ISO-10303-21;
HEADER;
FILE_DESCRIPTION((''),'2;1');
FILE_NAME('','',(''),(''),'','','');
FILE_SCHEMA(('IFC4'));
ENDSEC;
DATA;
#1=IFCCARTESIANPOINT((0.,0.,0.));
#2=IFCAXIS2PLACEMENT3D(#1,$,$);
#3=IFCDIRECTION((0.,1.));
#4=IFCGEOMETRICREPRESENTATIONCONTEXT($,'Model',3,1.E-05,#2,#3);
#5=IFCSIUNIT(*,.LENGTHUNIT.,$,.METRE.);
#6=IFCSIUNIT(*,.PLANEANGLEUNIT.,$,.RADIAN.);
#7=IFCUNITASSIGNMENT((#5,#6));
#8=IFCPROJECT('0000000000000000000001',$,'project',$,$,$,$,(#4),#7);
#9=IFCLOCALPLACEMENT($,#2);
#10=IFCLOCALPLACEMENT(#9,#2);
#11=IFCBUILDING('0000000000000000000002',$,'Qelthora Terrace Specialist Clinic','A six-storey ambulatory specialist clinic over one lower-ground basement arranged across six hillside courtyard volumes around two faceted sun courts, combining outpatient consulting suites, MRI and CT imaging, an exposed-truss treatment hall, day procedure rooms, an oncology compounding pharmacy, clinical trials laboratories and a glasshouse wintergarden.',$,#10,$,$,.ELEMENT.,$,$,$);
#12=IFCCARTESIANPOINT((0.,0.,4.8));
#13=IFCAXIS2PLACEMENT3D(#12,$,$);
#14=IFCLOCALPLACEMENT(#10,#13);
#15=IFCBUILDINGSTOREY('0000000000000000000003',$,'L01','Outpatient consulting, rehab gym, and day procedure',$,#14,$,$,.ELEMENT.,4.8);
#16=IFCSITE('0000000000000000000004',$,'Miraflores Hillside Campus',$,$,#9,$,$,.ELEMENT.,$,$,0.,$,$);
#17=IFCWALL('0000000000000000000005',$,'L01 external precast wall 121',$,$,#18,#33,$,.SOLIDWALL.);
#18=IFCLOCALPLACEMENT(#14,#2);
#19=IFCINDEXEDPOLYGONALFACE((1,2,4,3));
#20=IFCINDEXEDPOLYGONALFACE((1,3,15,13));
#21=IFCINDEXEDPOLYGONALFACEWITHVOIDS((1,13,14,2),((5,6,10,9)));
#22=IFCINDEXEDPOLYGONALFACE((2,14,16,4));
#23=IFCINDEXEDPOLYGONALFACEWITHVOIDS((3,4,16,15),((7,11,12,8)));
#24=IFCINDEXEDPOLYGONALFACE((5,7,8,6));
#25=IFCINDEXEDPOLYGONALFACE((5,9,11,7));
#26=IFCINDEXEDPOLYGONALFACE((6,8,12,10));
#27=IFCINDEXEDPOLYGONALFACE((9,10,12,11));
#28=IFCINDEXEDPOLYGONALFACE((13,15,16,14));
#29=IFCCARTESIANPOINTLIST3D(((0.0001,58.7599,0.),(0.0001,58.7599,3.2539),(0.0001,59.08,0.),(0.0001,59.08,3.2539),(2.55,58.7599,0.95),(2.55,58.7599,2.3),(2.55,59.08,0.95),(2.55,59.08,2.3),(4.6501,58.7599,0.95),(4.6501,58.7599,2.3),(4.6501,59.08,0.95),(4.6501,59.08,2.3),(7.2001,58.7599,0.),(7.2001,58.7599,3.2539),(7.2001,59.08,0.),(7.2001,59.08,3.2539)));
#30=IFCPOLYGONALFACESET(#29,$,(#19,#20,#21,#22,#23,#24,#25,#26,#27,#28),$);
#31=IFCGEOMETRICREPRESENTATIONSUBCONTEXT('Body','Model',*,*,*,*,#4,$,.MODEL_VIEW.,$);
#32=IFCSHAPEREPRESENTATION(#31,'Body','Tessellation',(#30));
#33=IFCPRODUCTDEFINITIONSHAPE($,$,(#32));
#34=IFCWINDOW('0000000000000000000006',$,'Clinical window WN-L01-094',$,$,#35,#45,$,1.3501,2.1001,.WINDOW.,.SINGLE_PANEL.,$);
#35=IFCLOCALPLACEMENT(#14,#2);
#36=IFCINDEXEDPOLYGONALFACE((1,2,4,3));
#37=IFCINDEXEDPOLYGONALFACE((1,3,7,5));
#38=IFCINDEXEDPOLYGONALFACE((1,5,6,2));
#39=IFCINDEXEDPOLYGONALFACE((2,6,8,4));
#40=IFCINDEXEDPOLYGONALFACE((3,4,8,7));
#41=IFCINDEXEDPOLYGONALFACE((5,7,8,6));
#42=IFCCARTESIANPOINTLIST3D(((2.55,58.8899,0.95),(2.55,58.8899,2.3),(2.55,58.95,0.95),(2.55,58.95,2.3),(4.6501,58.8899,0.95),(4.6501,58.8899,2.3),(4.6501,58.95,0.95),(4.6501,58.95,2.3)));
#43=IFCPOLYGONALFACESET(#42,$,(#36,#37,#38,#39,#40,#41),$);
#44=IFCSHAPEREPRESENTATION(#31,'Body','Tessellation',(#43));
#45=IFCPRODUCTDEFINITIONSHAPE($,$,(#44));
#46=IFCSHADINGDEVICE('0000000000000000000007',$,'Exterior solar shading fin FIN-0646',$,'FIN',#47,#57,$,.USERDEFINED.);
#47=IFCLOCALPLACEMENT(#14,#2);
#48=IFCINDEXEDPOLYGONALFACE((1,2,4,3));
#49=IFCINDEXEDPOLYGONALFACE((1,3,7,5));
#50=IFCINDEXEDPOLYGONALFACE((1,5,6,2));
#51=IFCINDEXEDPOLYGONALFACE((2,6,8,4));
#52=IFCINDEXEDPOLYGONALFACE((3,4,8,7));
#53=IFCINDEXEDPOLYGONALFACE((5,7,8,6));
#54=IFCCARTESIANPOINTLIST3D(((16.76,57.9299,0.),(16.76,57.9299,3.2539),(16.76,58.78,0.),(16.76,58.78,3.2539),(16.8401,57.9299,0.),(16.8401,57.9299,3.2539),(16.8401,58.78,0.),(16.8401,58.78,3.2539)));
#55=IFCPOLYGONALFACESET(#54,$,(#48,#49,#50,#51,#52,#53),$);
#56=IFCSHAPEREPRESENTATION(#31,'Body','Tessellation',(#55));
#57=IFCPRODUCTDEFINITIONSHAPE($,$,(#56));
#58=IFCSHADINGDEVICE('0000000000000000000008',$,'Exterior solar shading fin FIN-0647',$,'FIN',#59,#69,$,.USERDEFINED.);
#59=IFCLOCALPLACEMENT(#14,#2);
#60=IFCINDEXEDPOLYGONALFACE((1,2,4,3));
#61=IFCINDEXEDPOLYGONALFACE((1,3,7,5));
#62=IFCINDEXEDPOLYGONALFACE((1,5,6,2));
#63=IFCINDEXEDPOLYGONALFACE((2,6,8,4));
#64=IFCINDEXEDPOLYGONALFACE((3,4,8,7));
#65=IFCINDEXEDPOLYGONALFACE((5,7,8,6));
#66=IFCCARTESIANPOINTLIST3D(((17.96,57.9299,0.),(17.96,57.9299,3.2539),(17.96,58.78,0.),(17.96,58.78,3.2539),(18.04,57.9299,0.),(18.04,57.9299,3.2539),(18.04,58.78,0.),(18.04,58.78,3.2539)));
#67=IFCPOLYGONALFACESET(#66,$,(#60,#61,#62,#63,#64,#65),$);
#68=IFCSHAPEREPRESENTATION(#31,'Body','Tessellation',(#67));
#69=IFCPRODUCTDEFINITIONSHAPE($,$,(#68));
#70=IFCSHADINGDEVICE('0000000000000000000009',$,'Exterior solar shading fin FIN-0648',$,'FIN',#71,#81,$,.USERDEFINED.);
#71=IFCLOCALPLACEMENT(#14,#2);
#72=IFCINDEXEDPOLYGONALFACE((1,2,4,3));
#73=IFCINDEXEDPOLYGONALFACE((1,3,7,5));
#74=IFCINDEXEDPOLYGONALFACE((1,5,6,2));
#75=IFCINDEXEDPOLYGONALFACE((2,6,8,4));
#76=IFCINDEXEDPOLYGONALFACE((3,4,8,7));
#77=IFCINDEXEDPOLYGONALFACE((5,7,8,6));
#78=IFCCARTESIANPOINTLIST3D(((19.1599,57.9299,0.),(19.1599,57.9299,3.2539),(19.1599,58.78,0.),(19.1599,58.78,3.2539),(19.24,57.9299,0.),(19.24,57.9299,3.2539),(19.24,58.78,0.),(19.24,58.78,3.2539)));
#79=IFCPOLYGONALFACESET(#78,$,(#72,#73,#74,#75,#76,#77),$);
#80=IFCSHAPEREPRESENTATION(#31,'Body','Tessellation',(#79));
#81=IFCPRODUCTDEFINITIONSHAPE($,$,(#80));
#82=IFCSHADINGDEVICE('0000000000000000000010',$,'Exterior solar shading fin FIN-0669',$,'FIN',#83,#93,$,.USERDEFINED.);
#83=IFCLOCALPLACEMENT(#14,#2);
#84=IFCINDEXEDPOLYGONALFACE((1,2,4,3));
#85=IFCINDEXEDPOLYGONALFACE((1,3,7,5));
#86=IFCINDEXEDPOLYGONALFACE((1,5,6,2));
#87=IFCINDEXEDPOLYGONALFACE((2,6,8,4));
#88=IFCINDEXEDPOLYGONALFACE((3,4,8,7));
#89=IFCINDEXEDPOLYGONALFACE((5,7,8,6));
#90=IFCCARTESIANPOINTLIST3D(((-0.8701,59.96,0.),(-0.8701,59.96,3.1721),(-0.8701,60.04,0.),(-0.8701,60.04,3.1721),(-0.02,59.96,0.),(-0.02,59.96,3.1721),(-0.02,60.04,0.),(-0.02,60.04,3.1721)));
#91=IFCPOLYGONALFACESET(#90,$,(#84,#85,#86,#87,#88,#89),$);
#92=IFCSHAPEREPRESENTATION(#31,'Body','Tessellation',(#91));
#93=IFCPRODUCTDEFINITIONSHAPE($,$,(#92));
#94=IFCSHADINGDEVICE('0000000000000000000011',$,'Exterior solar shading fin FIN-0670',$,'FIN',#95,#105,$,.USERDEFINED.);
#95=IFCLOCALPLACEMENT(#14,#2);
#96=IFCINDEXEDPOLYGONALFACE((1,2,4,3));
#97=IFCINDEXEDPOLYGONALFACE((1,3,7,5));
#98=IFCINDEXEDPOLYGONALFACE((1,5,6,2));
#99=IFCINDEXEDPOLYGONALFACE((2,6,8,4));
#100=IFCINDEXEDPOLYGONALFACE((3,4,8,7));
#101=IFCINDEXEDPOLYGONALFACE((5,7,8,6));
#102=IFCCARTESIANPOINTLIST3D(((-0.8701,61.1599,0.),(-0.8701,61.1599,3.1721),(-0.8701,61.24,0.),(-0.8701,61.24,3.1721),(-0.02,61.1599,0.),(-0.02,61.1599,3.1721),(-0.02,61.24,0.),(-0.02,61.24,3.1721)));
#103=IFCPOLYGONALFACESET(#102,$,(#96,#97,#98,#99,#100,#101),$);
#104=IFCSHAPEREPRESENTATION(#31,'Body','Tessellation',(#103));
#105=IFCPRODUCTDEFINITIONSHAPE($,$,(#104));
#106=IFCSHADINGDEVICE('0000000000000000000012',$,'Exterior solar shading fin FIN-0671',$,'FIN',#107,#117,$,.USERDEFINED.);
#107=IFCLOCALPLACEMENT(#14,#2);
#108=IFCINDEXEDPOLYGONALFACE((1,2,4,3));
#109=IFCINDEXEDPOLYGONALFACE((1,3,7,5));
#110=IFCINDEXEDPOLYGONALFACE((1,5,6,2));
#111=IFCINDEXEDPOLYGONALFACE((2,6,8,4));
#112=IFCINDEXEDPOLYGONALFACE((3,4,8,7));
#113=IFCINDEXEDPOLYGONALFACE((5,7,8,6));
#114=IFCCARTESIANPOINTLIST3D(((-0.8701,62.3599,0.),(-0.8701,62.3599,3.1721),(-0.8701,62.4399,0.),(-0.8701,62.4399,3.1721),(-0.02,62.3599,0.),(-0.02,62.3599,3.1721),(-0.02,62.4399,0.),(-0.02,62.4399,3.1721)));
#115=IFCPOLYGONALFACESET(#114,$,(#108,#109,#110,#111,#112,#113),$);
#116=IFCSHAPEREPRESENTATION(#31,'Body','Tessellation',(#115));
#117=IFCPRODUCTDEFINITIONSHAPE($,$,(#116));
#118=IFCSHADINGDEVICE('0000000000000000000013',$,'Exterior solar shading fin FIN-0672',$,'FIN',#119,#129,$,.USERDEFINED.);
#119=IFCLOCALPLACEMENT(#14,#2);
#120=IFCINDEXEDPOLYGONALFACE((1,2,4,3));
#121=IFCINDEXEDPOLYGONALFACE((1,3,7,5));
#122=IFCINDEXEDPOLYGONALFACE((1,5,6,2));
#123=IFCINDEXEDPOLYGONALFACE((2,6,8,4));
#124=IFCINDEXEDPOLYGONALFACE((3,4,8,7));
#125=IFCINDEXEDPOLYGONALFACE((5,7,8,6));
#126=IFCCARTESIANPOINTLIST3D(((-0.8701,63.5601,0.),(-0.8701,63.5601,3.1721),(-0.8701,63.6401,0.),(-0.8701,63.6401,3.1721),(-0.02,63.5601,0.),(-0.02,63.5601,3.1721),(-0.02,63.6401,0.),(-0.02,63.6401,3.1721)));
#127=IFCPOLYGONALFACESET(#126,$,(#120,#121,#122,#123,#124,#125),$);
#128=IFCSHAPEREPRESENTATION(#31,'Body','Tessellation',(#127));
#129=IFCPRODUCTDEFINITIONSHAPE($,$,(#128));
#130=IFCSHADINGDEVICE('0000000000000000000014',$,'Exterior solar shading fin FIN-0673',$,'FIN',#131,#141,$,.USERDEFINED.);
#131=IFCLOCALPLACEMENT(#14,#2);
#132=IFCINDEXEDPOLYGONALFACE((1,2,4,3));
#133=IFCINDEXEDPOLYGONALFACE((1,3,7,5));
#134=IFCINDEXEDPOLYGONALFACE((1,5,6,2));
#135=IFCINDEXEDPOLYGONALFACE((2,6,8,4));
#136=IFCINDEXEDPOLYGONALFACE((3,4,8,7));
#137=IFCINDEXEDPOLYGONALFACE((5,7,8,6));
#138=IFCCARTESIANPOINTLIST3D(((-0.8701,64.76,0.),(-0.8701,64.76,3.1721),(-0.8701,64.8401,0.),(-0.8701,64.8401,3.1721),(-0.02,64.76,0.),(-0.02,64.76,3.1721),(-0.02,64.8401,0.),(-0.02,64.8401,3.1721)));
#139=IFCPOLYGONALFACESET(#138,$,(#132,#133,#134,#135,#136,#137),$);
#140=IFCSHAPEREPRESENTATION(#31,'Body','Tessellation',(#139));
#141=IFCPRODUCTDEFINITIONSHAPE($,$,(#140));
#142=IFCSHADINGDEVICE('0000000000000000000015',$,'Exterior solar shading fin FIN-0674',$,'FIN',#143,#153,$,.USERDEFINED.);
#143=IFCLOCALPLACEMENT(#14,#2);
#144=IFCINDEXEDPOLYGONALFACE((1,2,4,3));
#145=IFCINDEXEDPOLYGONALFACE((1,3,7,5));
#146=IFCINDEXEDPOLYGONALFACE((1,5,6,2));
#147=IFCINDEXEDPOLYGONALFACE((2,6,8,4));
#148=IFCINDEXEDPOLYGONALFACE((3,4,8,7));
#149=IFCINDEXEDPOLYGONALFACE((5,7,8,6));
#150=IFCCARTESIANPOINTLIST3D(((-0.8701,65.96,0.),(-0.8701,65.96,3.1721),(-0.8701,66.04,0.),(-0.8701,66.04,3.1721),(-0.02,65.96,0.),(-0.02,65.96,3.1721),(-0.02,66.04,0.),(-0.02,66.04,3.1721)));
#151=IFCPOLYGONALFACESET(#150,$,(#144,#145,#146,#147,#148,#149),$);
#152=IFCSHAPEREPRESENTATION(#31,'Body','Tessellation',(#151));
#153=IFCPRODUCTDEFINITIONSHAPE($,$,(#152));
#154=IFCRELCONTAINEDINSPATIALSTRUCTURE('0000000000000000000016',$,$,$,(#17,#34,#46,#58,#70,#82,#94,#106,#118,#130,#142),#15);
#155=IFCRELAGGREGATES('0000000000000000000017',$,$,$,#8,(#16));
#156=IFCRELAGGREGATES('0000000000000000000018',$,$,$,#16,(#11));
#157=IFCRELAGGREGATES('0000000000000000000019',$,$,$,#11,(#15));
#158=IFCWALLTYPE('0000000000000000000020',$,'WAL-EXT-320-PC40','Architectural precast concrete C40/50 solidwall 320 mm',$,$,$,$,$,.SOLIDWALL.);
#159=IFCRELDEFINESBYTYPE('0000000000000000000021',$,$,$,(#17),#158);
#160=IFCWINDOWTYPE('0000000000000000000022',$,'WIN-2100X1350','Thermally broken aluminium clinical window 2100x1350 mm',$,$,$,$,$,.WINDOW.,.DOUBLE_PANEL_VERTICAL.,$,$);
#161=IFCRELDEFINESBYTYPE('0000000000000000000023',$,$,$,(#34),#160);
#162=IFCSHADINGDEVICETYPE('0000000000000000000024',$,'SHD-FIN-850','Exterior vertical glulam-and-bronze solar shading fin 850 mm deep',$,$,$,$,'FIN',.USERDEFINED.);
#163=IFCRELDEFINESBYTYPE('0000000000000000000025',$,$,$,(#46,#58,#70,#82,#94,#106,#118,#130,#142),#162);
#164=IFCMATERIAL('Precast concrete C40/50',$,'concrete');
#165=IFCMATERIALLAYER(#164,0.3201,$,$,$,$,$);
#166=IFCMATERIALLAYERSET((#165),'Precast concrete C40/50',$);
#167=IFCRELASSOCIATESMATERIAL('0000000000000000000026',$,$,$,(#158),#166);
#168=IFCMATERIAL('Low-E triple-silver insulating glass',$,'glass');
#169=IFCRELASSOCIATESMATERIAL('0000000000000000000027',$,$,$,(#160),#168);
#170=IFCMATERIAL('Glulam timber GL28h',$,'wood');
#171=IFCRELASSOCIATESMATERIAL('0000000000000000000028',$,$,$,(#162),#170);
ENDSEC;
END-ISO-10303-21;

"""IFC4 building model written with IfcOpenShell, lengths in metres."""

from ifc_helpers import new_model, si_unit, direction, frame, frame_2d, origin, origin_2d, place, context, subcontext, project, spatial, rectangle, extrude, material, layer, layer_set, type_object, element, fill, save


model = new_model("IFC4")

# Units and contexts
model_context = context("Model", 3, precision=1e-05, world=origin(), true_north=direction((0.0, 1.0)))
body_context = subcontext(model_context, "Body", "Model", "MODEL_VIEW")
ifc_project = project(units=[si_unit("LENGTHUNIT", "METRE"), si_unit("PLANEANGLEUNIT", "RADIAN")], contexts=[model_context])

# Site, building, storey
site_placement = place(None, origin())
site = spatial("IfcSite", under=ifc_project, at=site_placement, Name="Miraflores Hillside Campus", CompositionType="ELEMENT", RefElevation=0.0)
building_placement = place(site_placement, origin())
building = spatial("IfcBuilding", under=site, at=building_placement, Name="Qelthora Terrace Specialist Clinic", Description="A six-storey ambulatory specialist clinic over one lower-ground basement arranged across six hillside courtyard volumes around two faceted sun courts, combining outpatient consulting suites, MRI and CT imaging, an exposed-truss treatment hall, day procedure rooms, an oncology compounding pharmacy, clinical trials laboratories and a glasshouse wintergarden.", CompositionType="ELEMENT")
storey_placement = place(building_placement, frame((0.0, 0.0, 4.8)))
storey = spatial("IfcBuildingStorey", under=building, at=storey_placement, Name="L01", Description="Outpatient consulting, rehab gym, and day procedure", CompositionType="ELEMENT", Elevation=4.8)

# Wall, opening, window
ifc_material_1 = material(Name="Precast concrete C40/50", Category="concrete")
ifc_material_2 = material(Name="Low-E triple-silver insulating glass", Category="glass")
ifc_layer_1 = layer(ifc_material_1, 0.3201)
ifc_layer_set_1 = layer_set([ifc_layer_1], Name="Precast concrete C40/50")
wall_type_1 = type_object("IfcWallType", Name="WAL-EXT-320-PC40", Description="Architectural precast concrete C40/50 solidwall 320 mm", PredefinedType="SOLIDWALL", material=ifc_layer_set_1)
wall_1_placement = place(storey_placement, frame((0.0, 58.9199, 0.0), z_axis=(0.0, 0.0, 1.0), x_axis=(1.0, 0.0, 0.0)))
wall_1 = element("IfcWall", 1, at=wall_1_placement, inside=storey, type_object=wall_type_1, Name="L01 external precast wall 121", PredefinedType="SOLIDWALL", context=body_context, shape_type="SweptSolid", body=[
    extrude(rectangle(XDim=7.2, YDim=0.3201, at=frame_2d((3.6001, 0.0))), origin(), (0.0, 0.0, 1.0), 3.2539),
])
opening_1_placement = place(wall_1_placement, frame((2.55, 0.0, 0.95)))
opening_1 = element("IfcOpeningElement", 2, at=opening_1_placement, cuts=wall_1, PredefinedType="OPENING", context=body_context, shape_type="SweptSolid", body=[
    extrude(rectangle(XDim=2.1001, YDim=1.3501, at=frame_2d((1.05, 0.675))), frame((0.0, 0.1699, 0.0), z_axis=(0.0, -1.0, 0.0), x_axis=(1.0, 0.0, 0.0)), (0.0, 0.0, 1.0), 0.3401),
])
window_type_1 = type_object("IfcWindowType", Name="WIN-2100X1350", Description="Thermally broken aluminium clinical window 2100x1350 mm", PartitioningType="DOUBLE_PANEL_VERTICAL", PredefinedType="WINDOW", material=ifc_material_2)
window_1_placement = place(opening_1_placement, origin())
window_1 = element("IfcWindow", 3, at=window_1_placement, inside=storey, type_object=window_type_1, Name="Clinical window WN-L01-094", OverallHeight=1.3501, OverallWidth=2.1001, PartitioningType="SINGLE_PANEL", PredefinedType="WINDOW", context=body_context, shape_type="SweptSolid", body=[
    extrude(rectangle(XDim=2.1001, YDim=1.3501, at=frame_2d((1.05, 0.675))), frame((0.0, 0.03, 0.0), z_axis=(0.0, -1.0, 0.0), x_axis=(1.0, 0.0, 0.0)), (0.0, 0.0, 1.0), 0.0601),
])
fill(opening_1, window_1)

# Shading devices
ifc_material_3 = material(Name="Glulam timber GL28h", Category="wood")
shading_device_type = type_object("IfcShadingDeviceType", Name="SHD-FIN-850", Description="Exterior vertical glulam-and-bronze solar shading fin 850 mm deep", ElementType="FIN", PredefinedType="USERDEFINED", material=ifc_material_3)
for number, where, z_axis, x_axis, name in (
    (4, (16.8, 58.355, 0.0), (0.0, 0.0, 1.0), (0.0, -1.0, 0.0), "Exterior solar shading fin FIN-0646"),
    (5, (18.0, 58.355, 0.0), (0.0, 0.0, 1.0), (0.0, -1.0, 0.0), "Exterior solar shading fin FIN-0647"),
    (6, (19.2, 58.355, 0.0), (0.0, 0.0, 1.0), (0.0, -1.0, 0.0), "Exterior solar shading fin FIN-0648"),
):
    element("IfcShadingDevice", number, at=place(storey_placement, frame(where, z_axis=z_axis, x_axis=x_axis)), inside=storey, type_object=shading_device_type, Name=name, ObjectType="FIN", PredefinedType="USERDEFINED", context=body_context, shape_type="SweptSolid", body=[
        extrude(rectangle(XDim=0.8501, YDim=0.0801, at=origin_2d()), origin(), (0.0, 0.0, 1.0), 3.2539),
    ])
for number, where, z_axis, x_axis, name in (
    (7, (-0.4451, 60.0, 0.0), (0.0, 0.0, 1.0), (-1.0, 0.0, 0.0), "Exterior solar shading fin FIN-0669"),
    (8, (-0.4451, 61.2, 0.0), (0.0, 0.0, 1.0), (-1.0, 0.0, 0.0), "Exterior solar shading fin FIN-0670"),
    (9, (-0.4451, 62.3999, 0.0), (0.0, 0.0, 1.0), (-1.0, 0.0, 0.0), "Exterior solar shading fin FIN-0671"),
    (10, (-0.4451, 63.6001, 0.0), (0.0, 0.0, 1.0), (-1.0, 0.0, 0.0), "Exterior solar shading fin FIN-0672"),
    (11, (-0.4451, 64.8, 0.0), (0.0, 0.0, 1.0), (-1.0, 0.0, 0.0), "Exterior solar shading fin FIN-0673"),
    (12, (-0.4451, 66.0, 0.0), (0.0, 0.0, 1.0), (-1.0, 0.0, 0.0), "Exterior solar shading fin FIN-0674"),
):
    element("IfcShadingDevice", number, at=place(storey_placement, frame(where, z_axis=z_axis, x_axis=x_axis)), inside=storey, type_object=shading_device_type, Name=name, ObjectType="FIN", PredefinedType="USERDEFINED", context=body_context, shape_type="SweptSolid", body=[
        extrude(rectangle(XDim=0.8501, YDim=0.0801, at=origin_2d()), origin(), (0.0, 0.0, 1.0), 3.1721),
    ])

save(model, "model.ifc")
